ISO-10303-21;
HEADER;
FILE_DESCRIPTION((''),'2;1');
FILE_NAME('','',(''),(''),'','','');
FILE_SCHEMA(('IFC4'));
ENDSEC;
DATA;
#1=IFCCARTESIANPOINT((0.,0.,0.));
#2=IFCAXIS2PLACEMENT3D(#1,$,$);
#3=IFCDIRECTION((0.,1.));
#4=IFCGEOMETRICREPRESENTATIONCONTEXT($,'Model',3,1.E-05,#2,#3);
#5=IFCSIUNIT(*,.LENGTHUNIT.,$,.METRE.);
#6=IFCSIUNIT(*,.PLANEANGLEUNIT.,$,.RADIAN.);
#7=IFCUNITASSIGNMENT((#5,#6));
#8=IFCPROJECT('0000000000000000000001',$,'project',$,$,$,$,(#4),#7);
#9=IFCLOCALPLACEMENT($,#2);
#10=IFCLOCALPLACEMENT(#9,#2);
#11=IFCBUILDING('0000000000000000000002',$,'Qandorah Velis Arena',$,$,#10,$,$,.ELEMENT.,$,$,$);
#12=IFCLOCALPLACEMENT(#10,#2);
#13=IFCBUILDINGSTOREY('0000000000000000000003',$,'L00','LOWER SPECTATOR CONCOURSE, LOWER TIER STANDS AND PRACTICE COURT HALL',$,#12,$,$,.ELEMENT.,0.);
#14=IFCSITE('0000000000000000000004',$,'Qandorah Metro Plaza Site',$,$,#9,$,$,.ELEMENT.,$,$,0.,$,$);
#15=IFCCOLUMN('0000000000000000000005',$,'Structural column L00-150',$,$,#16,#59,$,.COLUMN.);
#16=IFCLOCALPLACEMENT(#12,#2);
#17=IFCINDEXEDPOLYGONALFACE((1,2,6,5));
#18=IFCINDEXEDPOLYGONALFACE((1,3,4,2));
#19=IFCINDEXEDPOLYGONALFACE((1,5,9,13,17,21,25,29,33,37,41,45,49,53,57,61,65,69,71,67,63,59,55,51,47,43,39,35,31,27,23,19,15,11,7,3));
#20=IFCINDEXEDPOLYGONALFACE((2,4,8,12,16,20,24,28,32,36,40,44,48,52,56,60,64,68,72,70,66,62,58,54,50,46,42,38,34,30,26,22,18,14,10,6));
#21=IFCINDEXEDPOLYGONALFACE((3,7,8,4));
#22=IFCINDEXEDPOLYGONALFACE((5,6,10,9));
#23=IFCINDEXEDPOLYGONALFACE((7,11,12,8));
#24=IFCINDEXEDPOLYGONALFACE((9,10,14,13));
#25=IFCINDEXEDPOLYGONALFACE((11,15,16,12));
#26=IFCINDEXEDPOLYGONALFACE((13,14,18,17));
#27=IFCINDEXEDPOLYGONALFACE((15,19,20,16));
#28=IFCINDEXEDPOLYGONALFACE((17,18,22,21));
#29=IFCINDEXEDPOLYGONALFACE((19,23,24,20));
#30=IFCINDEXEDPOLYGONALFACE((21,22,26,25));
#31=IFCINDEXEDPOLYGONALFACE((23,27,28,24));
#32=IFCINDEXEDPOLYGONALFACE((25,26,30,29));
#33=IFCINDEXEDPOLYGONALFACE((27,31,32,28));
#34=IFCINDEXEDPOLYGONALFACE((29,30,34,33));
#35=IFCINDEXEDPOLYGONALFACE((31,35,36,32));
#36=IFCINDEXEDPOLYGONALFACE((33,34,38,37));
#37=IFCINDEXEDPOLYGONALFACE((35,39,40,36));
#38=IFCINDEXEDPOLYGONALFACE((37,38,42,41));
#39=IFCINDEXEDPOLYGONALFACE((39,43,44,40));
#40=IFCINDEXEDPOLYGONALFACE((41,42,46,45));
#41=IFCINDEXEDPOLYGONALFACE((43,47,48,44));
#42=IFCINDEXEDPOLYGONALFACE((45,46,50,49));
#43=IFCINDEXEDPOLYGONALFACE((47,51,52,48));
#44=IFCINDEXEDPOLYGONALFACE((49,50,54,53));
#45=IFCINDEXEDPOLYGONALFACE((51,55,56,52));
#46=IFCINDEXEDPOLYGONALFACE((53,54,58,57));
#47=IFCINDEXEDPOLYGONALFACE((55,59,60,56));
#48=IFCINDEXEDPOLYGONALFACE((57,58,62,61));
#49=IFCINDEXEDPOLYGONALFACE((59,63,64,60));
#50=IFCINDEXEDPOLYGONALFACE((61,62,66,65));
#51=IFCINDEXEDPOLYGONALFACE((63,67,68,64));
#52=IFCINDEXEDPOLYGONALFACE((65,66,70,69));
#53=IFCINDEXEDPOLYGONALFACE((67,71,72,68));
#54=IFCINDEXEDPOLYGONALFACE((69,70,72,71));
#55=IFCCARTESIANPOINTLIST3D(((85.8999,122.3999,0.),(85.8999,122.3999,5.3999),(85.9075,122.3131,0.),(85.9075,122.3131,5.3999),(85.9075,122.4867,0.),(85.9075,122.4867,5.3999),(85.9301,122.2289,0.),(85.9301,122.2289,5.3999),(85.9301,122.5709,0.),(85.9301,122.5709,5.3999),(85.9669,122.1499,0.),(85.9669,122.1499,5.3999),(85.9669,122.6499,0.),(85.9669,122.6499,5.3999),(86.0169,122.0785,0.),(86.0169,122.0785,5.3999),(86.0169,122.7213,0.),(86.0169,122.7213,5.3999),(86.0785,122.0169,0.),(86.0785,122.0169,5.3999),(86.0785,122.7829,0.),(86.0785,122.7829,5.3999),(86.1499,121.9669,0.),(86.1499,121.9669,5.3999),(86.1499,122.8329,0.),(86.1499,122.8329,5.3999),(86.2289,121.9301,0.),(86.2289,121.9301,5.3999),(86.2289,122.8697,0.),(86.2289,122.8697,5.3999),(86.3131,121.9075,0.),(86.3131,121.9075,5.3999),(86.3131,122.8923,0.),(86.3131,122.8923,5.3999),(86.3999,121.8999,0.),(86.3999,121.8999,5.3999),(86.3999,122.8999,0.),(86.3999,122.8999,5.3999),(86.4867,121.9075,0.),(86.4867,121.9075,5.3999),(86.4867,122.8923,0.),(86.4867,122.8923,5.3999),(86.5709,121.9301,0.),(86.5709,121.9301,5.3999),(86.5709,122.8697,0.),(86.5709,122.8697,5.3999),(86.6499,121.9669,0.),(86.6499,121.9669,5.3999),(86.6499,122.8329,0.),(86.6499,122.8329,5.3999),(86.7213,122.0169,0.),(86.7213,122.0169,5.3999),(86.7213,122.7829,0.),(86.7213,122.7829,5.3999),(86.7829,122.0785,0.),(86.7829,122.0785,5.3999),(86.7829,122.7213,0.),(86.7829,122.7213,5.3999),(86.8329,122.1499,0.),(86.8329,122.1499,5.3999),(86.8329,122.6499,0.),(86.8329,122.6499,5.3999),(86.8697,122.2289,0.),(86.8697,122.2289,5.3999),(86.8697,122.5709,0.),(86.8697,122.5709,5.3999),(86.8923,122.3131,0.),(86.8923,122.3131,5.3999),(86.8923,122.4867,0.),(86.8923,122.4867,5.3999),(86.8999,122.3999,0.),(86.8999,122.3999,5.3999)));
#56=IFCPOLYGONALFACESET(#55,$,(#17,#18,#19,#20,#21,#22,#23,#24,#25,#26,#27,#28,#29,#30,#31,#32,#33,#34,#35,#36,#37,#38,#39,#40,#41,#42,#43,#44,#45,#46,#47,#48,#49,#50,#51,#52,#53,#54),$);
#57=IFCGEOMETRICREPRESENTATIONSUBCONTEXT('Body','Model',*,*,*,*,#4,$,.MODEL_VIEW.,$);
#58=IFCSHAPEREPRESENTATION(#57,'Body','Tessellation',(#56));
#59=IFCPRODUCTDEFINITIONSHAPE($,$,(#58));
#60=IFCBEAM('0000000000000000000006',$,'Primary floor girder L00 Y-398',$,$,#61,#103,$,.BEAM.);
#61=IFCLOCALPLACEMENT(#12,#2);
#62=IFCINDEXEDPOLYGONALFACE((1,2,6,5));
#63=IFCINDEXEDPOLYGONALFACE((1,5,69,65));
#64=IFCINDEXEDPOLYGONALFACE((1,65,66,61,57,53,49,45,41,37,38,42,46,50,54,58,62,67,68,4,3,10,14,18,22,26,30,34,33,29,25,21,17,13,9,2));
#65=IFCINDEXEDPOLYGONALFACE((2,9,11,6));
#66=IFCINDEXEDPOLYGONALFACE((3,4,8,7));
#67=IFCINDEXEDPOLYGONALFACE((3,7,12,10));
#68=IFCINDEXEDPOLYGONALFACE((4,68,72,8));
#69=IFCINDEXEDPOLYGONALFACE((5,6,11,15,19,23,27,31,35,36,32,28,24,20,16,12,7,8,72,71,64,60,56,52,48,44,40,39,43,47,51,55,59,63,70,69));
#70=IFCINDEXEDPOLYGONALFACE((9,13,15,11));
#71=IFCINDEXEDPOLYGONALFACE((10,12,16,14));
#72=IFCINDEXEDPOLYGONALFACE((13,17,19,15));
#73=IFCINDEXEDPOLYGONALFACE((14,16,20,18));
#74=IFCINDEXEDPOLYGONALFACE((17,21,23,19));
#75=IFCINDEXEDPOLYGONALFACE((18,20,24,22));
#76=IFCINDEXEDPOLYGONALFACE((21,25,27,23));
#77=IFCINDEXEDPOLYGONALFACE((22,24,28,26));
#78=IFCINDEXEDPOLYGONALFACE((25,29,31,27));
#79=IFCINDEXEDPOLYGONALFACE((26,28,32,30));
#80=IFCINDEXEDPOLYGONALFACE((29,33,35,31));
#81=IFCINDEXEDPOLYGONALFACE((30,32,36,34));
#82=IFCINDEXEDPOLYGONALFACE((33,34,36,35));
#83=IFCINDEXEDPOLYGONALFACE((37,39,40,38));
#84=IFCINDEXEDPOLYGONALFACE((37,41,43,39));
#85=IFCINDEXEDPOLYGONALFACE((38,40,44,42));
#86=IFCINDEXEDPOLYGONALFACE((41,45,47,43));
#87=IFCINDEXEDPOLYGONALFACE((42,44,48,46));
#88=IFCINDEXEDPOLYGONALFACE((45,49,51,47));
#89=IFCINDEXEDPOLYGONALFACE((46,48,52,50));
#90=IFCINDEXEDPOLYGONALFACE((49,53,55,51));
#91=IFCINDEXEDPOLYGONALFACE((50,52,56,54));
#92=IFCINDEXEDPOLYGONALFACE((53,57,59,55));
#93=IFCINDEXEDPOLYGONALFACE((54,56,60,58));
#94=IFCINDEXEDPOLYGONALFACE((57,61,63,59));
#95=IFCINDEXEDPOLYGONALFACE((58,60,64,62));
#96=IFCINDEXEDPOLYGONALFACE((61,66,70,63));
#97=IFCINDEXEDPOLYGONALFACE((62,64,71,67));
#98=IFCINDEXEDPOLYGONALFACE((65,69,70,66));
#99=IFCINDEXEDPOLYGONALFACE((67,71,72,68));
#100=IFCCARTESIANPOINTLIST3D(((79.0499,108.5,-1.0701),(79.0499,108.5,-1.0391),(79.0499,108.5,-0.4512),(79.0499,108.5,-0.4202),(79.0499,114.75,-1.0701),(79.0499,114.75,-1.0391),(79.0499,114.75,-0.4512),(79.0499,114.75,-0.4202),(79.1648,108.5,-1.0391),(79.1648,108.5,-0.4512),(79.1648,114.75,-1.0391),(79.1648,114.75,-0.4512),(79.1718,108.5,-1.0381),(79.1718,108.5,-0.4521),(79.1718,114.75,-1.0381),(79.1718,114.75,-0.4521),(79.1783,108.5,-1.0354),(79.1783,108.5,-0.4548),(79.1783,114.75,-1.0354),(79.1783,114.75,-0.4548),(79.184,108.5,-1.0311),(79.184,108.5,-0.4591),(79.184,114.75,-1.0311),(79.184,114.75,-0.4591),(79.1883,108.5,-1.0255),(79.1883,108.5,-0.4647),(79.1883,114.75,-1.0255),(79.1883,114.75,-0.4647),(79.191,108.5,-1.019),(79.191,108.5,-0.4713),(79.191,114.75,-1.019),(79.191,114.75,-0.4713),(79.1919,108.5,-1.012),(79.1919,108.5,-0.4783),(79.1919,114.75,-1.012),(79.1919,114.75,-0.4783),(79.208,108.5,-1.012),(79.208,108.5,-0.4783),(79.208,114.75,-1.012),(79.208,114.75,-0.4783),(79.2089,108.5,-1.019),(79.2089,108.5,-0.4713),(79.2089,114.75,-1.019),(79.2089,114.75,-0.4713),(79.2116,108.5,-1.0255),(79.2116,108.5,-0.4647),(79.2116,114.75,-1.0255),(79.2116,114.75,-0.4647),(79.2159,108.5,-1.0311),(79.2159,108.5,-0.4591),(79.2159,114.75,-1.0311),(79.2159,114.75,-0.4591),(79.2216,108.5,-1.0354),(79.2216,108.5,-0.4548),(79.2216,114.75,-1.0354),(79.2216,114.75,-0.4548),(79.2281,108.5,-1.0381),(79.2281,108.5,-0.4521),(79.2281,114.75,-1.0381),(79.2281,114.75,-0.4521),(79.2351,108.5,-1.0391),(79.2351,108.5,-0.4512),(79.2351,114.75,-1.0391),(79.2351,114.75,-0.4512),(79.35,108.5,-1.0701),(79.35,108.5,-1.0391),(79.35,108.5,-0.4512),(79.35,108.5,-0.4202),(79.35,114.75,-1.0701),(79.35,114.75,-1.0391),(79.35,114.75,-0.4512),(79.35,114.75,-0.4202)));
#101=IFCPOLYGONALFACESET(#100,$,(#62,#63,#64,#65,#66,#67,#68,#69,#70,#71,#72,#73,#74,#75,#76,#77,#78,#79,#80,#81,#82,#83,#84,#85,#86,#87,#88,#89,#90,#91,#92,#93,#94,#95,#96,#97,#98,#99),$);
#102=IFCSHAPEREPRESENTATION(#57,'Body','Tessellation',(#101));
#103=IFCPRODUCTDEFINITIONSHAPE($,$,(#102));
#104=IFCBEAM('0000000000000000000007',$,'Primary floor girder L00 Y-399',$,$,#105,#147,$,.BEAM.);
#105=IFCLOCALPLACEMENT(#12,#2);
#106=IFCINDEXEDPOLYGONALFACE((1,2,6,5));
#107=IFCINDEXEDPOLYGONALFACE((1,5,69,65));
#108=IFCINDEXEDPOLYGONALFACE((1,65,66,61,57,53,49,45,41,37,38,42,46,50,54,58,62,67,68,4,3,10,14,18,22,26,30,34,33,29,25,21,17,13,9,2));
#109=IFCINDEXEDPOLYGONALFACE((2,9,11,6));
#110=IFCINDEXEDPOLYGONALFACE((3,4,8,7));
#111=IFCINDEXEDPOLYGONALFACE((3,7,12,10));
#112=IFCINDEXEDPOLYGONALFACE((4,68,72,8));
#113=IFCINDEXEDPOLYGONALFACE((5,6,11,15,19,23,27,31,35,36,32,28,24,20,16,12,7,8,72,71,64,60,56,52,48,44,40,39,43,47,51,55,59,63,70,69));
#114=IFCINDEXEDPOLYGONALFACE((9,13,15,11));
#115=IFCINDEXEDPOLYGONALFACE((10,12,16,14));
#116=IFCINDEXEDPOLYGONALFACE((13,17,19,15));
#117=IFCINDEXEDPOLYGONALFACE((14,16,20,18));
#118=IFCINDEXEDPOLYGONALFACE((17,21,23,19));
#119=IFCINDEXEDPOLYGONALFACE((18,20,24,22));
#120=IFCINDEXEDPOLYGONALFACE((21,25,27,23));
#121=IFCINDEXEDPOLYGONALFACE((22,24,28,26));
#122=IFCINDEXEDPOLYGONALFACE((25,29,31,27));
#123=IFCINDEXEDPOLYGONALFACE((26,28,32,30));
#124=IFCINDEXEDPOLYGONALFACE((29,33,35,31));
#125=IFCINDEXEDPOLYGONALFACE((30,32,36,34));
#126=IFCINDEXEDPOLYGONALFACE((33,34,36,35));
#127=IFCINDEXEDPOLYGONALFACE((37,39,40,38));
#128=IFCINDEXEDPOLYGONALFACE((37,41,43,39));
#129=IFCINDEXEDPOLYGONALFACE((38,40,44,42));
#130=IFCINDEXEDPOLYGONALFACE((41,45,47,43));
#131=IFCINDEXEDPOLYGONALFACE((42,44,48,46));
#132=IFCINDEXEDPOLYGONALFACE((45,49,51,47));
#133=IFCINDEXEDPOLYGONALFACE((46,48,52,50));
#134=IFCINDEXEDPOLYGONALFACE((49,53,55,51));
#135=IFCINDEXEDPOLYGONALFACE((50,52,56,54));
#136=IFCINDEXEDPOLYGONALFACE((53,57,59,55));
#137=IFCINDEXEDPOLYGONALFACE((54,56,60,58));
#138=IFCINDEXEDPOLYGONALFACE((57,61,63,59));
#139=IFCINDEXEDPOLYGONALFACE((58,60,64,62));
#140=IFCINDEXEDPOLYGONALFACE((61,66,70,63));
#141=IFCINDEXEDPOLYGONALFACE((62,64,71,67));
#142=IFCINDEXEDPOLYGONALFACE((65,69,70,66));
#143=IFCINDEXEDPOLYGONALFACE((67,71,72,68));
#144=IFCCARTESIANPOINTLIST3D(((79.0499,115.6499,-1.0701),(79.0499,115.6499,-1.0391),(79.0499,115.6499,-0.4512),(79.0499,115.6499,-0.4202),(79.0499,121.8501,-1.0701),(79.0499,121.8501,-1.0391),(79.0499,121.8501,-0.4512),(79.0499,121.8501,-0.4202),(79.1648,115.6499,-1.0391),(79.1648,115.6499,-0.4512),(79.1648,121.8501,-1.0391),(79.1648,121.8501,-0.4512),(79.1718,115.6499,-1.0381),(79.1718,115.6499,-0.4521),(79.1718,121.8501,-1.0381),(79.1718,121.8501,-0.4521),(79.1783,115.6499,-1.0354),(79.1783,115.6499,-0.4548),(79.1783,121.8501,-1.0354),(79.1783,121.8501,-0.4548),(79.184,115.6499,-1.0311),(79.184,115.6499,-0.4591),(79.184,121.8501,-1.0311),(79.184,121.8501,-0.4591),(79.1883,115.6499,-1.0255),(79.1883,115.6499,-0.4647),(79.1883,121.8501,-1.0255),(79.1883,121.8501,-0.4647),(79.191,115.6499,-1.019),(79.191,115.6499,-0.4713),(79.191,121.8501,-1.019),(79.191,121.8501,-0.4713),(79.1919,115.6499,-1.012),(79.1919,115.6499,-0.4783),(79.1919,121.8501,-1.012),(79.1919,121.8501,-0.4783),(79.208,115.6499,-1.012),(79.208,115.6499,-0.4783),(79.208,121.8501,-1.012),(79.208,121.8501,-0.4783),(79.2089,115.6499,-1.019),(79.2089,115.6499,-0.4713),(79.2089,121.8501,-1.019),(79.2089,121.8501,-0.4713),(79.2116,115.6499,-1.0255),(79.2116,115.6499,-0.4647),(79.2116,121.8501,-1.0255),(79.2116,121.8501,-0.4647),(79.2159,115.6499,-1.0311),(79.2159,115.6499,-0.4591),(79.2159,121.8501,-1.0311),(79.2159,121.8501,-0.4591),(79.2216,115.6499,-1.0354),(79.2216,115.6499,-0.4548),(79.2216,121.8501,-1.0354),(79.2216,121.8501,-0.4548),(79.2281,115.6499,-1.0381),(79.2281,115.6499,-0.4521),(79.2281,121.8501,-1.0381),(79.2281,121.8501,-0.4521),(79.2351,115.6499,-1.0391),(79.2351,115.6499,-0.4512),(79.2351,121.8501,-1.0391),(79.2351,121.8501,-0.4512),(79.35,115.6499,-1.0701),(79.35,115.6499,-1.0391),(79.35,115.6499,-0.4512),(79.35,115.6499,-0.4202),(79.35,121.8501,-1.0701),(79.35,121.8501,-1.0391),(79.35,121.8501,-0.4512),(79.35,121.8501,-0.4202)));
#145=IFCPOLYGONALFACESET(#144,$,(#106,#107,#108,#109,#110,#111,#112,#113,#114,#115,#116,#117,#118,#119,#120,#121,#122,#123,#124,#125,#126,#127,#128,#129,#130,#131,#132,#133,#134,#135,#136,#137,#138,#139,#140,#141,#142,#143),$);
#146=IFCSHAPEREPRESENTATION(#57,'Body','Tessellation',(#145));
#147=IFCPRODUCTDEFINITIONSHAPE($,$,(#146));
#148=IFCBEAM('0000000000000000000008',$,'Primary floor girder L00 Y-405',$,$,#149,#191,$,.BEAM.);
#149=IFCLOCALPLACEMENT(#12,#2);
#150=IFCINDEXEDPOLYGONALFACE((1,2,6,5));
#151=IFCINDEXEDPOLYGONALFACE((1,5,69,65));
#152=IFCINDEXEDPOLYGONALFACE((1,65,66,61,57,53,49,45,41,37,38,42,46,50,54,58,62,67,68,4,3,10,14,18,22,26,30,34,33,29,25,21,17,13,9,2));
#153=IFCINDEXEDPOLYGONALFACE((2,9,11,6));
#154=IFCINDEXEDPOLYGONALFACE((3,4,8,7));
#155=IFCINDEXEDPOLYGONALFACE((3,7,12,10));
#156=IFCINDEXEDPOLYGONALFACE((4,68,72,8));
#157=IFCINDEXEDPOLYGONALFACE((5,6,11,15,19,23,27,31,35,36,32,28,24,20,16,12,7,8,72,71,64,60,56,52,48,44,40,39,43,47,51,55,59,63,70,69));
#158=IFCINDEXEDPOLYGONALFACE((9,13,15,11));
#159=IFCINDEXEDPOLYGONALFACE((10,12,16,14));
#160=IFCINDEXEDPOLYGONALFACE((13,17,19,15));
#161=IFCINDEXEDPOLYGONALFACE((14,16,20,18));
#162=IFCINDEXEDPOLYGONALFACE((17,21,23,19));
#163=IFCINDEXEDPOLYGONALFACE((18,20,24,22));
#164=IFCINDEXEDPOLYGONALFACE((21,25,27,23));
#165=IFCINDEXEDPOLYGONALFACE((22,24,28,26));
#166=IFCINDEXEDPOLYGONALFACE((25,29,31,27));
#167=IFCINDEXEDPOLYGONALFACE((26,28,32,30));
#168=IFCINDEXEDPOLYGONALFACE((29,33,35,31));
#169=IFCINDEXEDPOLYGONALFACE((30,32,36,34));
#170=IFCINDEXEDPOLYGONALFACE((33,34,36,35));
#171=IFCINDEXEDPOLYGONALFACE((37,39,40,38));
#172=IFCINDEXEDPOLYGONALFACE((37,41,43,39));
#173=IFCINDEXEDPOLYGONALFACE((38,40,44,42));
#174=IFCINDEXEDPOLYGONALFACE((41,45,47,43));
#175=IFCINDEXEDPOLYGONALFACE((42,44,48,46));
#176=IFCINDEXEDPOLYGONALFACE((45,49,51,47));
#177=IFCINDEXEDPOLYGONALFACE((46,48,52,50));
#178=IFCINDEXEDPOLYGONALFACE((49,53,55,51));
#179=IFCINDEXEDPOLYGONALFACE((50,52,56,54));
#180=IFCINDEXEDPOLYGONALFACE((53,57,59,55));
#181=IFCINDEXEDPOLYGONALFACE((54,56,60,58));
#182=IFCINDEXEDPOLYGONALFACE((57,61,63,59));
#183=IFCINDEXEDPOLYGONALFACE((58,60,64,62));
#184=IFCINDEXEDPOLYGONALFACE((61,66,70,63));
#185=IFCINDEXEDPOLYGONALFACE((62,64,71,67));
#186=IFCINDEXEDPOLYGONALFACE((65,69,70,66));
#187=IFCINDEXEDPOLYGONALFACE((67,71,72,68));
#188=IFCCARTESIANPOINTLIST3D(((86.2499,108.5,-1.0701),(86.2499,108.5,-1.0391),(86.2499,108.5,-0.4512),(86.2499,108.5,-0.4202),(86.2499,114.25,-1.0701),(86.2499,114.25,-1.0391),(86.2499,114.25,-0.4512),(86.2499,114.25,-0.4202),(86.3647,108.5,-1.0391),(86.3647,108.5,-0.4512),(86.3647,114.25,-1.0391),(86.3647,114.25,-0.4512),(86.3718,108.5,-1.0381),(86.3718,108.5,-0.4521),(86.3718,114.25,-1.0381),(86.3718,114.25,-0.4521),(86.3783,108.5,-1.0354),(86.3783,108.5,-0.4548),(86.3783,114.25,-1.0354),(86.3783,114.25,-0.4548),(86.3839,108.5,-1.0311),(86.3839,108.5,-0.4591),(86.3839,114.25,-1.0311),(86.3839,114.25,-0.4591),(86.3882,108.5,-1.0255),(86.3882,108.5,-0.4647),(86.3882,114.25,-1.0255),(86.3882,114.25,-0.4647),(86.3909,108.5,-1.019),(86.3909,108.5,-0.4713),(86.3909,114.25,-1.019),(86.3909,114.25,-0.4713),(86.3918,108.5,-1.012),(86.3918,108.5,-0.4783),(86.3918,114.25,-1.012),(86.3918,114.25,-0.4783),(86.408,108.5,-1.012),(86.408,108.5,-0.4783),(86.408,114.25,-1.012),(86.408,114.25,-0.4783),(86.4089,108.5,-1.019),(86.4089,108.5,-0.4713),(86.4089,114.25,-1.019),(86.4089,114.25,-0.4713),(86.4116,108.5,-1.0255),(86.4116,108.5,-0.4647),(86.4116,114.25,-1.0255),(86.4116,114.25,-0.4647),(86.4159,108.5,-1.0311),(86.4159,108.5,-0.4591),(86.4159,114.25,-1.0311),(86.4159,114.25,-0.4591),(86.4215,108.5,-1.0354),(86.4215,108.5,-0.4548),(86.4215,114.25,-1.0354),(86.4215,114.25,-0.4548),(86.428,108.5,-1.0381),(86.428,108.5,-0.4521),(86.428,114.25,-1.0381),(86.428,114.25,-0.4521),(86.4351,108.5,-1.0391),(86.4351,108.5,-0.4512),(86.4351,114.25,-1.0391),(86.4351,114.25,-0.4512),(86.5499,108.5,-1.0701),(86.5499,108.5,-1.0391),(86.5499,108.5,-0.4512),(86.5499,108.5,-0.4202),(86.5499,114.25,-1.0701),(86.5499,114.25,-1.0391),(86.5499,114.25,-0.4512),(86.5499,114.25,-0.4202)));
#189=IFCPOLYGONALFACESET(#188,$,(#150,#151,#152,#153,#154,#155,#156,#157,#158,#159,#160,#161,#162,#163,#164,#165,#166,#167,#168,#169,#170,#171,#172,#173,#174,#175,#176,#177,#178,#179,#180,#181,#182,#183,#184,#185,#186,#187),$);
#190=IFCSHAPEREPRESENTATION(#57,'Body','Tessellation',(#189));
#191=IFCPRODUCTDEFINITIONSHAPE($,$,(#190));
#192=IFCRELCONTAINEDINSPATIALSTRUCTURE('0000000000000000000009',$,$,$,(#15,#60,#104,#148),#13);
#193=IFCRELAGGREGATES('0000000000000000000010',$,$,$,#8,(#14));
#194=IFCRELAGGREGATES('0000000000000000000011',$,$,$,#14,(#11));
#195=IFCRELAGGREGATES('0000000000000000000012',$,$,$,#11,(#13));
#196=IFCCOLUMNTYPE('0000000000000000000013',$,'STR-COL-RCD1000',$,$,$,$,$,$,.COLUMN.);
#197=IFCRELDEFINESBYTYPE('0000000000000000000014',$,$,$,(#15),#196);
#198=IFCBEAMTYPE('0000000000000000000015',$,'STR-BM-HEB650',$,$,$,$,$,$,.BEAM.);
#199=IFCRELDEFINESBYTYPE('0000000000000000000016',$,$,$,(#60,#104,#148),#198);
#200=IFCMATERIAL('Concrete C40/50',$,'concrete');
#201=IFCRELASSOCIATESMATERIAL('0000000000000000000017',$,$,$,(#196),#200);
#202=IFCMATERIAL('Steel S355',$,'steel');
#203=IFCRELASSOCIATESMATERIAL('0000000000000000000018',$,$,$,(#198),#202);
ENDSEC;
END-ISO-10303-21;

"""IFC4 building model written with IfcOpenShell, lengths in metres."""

from ifc_helpers import new_model, si_unit, direction, frame, origin, origin_2d, place, context, subcontext, project, spatial, circle, i_section, extrude, material, material_profile, profile_set, type_object, element, save


model = new_model("IFC4")

# Units and contexts
model_context = context("Model", 3, precision=1e-05, world=origin(), true_north=direction((0.0, 1.0)))
body_context = subcontext(model_context, "Body", "Model", "MODEL_VIEW")
ifc_project = project(units=[si_unit("LENGTHUNIT", "METRE"), si_unit("PLANEANGLEUNIT", "RADIAN")], contexts=[model_context])

# Site, building, storey
site_placement = place(None, origin())
site = spatial("IfcSite", under=ifc_project, at=site_placement, Name="Qandorah Metro Plaza Site", CompositionType="ELEMENT", RefElevation=0.0)
building_placement = place(site_placement, origin())
building = spatial("IfcBuilding", under=site, at=building_placement, Name="Qandorah Velis Arena", CompositionType="ELEMENT")
storey_placement = place(building_placement, origin())
storey = spatial("IfcBuildingStorey", under=building, at=storey_placement, Name="L00", Description="LOWER SPECTATOR CONCOURSE, LOWER TIER STANDS AND PRACTICE COURT HALL", CompositionType="ELEMENT", Elevation=0.0)

# Column
ifc_material_1 = material(Name="Concrete C40/50", Category="concrete")
ifc_material_profile_1 = material_profile(ifc_material_1, circle(Radius=0.5, at=origin_2d()), Name="RC D1000")
ifc_profile_set_1 = profile_set([ifc_material_profile_1], Name="Concrete C40/50")
column_type_1 = type_object("IfcColumnType", Name="STR-COL-RCD1000", PredefinedType="COLUMN", material=ifc_profile_set_1)
for number, where, z_axis, x_axis, name in (
    (1, (86.3999, 122.3999, 0.0), (0.0, 0.0, 1.0), (1.0, 0.0, 0.0), "Structural column L00-150"),
):
    element("IfcColumn", number, at=place(storey_placement, frame(where, z_axis=z_axis, x_axis=x_axis)), inside=storey, type_object=column_type_1, Name=name, PredefinedType="COLUMN", context=body_context, shape_type="SweptSolid", body=[
        extrude(circle(Radius=0.5, at=origin_2d()), origin(), (0.0, 0.0, 1.0), 5.3999),
    ])

# Beams
ifc_material_2 = material(Name="Steel S355", Category="steel")
ifc_material_profile_2 = material_profile(ifc_material_2, i_section(OverallWidth=0.3, OverallDepth=0.6499, WebThickness=0.0161, FlangeThickness=0.031, FilletRadius=0.0271, at=origin_2d()), Name="HEB 650")
ifc_profile_set_2 = profile_set([ifc_material_profile_2], Name="Steel S355")
beam_type_1 = type_object("IfcBeamType", Name="STR-BM-HEB650", PredefinedType="BEAM", material=ifc_profile_set_2)
beam_1_placement = place(storey_placement, frame((79.2, 108.5, -0.7451), z_axis=(0.0, 1.0, 0.0), x_axis=(-1.0, 0.0, 0.0)))
element("IfcBeam", 2, at=beam_1_placement, inside=storey, type_object=beam_type_1, Name="Primary floor girder L00 Y-398", PredefinedType="BEAM", context=body_context, shape_type="SweptSolid", body=[
    extrude(i_section(OverallWidth=0.3, OverallDepth=0.6499, WebThickness=0.0161, FlangeThickness=0.031, FilletRadius=0.0271, at=origin_2d()), origin(), (0.0, 0.0, 1.0), 6.25),
])
beam_2_placement = place(storey_placement, frame((79.2, 115.6499, -0.7451), z_axis=(0.0, 1.0, 0.0), x_axis=(-1.0, 0.0, 0.0)))
element("IfcBeam", 3, at=beam_2_placement, inside=storey, type_object=beam_type_1, Name="Primary floor girder L00 Y-399", PredefinedType="BEAM", context=body_context, shape_type="SweptSolid", body=[
    extrude(i_section(OverallWidth=0.3, OverallDepth=0.6499, WebThickness=0.0161, FlangeThickness=0.031, FilletRadius=0.0271, at=origin_2d()), origin(), (0.0, 0.0, 1.0), 6.2002),
])
beam_3_placement = place(storey_placement, frame((86.3999, 108.5, -0.7451), z_axis=(0.0, 1.0, 0.0), x_axis=(-1.0, 0.0, 0.0)))
element("IfcBeam", 4, at=beam_3_placement, inside=storey, type_object=beam_type_1, Name="Primary floor girder L00 Y-405", PredefinedType="BEAM", context=body_context, shape_type="SweptSolid", body=[
    extrude(i_section(OverallWidth=0.3, OverallDepth=0.6499, WebThickness=0.0161, FlangeThickness=0.031, FilletRadius=0.0271, at=origin_2d()), origin(), (0.0, 0.0, 1.0), 5.75),
])

save(model, "model.ifc")
